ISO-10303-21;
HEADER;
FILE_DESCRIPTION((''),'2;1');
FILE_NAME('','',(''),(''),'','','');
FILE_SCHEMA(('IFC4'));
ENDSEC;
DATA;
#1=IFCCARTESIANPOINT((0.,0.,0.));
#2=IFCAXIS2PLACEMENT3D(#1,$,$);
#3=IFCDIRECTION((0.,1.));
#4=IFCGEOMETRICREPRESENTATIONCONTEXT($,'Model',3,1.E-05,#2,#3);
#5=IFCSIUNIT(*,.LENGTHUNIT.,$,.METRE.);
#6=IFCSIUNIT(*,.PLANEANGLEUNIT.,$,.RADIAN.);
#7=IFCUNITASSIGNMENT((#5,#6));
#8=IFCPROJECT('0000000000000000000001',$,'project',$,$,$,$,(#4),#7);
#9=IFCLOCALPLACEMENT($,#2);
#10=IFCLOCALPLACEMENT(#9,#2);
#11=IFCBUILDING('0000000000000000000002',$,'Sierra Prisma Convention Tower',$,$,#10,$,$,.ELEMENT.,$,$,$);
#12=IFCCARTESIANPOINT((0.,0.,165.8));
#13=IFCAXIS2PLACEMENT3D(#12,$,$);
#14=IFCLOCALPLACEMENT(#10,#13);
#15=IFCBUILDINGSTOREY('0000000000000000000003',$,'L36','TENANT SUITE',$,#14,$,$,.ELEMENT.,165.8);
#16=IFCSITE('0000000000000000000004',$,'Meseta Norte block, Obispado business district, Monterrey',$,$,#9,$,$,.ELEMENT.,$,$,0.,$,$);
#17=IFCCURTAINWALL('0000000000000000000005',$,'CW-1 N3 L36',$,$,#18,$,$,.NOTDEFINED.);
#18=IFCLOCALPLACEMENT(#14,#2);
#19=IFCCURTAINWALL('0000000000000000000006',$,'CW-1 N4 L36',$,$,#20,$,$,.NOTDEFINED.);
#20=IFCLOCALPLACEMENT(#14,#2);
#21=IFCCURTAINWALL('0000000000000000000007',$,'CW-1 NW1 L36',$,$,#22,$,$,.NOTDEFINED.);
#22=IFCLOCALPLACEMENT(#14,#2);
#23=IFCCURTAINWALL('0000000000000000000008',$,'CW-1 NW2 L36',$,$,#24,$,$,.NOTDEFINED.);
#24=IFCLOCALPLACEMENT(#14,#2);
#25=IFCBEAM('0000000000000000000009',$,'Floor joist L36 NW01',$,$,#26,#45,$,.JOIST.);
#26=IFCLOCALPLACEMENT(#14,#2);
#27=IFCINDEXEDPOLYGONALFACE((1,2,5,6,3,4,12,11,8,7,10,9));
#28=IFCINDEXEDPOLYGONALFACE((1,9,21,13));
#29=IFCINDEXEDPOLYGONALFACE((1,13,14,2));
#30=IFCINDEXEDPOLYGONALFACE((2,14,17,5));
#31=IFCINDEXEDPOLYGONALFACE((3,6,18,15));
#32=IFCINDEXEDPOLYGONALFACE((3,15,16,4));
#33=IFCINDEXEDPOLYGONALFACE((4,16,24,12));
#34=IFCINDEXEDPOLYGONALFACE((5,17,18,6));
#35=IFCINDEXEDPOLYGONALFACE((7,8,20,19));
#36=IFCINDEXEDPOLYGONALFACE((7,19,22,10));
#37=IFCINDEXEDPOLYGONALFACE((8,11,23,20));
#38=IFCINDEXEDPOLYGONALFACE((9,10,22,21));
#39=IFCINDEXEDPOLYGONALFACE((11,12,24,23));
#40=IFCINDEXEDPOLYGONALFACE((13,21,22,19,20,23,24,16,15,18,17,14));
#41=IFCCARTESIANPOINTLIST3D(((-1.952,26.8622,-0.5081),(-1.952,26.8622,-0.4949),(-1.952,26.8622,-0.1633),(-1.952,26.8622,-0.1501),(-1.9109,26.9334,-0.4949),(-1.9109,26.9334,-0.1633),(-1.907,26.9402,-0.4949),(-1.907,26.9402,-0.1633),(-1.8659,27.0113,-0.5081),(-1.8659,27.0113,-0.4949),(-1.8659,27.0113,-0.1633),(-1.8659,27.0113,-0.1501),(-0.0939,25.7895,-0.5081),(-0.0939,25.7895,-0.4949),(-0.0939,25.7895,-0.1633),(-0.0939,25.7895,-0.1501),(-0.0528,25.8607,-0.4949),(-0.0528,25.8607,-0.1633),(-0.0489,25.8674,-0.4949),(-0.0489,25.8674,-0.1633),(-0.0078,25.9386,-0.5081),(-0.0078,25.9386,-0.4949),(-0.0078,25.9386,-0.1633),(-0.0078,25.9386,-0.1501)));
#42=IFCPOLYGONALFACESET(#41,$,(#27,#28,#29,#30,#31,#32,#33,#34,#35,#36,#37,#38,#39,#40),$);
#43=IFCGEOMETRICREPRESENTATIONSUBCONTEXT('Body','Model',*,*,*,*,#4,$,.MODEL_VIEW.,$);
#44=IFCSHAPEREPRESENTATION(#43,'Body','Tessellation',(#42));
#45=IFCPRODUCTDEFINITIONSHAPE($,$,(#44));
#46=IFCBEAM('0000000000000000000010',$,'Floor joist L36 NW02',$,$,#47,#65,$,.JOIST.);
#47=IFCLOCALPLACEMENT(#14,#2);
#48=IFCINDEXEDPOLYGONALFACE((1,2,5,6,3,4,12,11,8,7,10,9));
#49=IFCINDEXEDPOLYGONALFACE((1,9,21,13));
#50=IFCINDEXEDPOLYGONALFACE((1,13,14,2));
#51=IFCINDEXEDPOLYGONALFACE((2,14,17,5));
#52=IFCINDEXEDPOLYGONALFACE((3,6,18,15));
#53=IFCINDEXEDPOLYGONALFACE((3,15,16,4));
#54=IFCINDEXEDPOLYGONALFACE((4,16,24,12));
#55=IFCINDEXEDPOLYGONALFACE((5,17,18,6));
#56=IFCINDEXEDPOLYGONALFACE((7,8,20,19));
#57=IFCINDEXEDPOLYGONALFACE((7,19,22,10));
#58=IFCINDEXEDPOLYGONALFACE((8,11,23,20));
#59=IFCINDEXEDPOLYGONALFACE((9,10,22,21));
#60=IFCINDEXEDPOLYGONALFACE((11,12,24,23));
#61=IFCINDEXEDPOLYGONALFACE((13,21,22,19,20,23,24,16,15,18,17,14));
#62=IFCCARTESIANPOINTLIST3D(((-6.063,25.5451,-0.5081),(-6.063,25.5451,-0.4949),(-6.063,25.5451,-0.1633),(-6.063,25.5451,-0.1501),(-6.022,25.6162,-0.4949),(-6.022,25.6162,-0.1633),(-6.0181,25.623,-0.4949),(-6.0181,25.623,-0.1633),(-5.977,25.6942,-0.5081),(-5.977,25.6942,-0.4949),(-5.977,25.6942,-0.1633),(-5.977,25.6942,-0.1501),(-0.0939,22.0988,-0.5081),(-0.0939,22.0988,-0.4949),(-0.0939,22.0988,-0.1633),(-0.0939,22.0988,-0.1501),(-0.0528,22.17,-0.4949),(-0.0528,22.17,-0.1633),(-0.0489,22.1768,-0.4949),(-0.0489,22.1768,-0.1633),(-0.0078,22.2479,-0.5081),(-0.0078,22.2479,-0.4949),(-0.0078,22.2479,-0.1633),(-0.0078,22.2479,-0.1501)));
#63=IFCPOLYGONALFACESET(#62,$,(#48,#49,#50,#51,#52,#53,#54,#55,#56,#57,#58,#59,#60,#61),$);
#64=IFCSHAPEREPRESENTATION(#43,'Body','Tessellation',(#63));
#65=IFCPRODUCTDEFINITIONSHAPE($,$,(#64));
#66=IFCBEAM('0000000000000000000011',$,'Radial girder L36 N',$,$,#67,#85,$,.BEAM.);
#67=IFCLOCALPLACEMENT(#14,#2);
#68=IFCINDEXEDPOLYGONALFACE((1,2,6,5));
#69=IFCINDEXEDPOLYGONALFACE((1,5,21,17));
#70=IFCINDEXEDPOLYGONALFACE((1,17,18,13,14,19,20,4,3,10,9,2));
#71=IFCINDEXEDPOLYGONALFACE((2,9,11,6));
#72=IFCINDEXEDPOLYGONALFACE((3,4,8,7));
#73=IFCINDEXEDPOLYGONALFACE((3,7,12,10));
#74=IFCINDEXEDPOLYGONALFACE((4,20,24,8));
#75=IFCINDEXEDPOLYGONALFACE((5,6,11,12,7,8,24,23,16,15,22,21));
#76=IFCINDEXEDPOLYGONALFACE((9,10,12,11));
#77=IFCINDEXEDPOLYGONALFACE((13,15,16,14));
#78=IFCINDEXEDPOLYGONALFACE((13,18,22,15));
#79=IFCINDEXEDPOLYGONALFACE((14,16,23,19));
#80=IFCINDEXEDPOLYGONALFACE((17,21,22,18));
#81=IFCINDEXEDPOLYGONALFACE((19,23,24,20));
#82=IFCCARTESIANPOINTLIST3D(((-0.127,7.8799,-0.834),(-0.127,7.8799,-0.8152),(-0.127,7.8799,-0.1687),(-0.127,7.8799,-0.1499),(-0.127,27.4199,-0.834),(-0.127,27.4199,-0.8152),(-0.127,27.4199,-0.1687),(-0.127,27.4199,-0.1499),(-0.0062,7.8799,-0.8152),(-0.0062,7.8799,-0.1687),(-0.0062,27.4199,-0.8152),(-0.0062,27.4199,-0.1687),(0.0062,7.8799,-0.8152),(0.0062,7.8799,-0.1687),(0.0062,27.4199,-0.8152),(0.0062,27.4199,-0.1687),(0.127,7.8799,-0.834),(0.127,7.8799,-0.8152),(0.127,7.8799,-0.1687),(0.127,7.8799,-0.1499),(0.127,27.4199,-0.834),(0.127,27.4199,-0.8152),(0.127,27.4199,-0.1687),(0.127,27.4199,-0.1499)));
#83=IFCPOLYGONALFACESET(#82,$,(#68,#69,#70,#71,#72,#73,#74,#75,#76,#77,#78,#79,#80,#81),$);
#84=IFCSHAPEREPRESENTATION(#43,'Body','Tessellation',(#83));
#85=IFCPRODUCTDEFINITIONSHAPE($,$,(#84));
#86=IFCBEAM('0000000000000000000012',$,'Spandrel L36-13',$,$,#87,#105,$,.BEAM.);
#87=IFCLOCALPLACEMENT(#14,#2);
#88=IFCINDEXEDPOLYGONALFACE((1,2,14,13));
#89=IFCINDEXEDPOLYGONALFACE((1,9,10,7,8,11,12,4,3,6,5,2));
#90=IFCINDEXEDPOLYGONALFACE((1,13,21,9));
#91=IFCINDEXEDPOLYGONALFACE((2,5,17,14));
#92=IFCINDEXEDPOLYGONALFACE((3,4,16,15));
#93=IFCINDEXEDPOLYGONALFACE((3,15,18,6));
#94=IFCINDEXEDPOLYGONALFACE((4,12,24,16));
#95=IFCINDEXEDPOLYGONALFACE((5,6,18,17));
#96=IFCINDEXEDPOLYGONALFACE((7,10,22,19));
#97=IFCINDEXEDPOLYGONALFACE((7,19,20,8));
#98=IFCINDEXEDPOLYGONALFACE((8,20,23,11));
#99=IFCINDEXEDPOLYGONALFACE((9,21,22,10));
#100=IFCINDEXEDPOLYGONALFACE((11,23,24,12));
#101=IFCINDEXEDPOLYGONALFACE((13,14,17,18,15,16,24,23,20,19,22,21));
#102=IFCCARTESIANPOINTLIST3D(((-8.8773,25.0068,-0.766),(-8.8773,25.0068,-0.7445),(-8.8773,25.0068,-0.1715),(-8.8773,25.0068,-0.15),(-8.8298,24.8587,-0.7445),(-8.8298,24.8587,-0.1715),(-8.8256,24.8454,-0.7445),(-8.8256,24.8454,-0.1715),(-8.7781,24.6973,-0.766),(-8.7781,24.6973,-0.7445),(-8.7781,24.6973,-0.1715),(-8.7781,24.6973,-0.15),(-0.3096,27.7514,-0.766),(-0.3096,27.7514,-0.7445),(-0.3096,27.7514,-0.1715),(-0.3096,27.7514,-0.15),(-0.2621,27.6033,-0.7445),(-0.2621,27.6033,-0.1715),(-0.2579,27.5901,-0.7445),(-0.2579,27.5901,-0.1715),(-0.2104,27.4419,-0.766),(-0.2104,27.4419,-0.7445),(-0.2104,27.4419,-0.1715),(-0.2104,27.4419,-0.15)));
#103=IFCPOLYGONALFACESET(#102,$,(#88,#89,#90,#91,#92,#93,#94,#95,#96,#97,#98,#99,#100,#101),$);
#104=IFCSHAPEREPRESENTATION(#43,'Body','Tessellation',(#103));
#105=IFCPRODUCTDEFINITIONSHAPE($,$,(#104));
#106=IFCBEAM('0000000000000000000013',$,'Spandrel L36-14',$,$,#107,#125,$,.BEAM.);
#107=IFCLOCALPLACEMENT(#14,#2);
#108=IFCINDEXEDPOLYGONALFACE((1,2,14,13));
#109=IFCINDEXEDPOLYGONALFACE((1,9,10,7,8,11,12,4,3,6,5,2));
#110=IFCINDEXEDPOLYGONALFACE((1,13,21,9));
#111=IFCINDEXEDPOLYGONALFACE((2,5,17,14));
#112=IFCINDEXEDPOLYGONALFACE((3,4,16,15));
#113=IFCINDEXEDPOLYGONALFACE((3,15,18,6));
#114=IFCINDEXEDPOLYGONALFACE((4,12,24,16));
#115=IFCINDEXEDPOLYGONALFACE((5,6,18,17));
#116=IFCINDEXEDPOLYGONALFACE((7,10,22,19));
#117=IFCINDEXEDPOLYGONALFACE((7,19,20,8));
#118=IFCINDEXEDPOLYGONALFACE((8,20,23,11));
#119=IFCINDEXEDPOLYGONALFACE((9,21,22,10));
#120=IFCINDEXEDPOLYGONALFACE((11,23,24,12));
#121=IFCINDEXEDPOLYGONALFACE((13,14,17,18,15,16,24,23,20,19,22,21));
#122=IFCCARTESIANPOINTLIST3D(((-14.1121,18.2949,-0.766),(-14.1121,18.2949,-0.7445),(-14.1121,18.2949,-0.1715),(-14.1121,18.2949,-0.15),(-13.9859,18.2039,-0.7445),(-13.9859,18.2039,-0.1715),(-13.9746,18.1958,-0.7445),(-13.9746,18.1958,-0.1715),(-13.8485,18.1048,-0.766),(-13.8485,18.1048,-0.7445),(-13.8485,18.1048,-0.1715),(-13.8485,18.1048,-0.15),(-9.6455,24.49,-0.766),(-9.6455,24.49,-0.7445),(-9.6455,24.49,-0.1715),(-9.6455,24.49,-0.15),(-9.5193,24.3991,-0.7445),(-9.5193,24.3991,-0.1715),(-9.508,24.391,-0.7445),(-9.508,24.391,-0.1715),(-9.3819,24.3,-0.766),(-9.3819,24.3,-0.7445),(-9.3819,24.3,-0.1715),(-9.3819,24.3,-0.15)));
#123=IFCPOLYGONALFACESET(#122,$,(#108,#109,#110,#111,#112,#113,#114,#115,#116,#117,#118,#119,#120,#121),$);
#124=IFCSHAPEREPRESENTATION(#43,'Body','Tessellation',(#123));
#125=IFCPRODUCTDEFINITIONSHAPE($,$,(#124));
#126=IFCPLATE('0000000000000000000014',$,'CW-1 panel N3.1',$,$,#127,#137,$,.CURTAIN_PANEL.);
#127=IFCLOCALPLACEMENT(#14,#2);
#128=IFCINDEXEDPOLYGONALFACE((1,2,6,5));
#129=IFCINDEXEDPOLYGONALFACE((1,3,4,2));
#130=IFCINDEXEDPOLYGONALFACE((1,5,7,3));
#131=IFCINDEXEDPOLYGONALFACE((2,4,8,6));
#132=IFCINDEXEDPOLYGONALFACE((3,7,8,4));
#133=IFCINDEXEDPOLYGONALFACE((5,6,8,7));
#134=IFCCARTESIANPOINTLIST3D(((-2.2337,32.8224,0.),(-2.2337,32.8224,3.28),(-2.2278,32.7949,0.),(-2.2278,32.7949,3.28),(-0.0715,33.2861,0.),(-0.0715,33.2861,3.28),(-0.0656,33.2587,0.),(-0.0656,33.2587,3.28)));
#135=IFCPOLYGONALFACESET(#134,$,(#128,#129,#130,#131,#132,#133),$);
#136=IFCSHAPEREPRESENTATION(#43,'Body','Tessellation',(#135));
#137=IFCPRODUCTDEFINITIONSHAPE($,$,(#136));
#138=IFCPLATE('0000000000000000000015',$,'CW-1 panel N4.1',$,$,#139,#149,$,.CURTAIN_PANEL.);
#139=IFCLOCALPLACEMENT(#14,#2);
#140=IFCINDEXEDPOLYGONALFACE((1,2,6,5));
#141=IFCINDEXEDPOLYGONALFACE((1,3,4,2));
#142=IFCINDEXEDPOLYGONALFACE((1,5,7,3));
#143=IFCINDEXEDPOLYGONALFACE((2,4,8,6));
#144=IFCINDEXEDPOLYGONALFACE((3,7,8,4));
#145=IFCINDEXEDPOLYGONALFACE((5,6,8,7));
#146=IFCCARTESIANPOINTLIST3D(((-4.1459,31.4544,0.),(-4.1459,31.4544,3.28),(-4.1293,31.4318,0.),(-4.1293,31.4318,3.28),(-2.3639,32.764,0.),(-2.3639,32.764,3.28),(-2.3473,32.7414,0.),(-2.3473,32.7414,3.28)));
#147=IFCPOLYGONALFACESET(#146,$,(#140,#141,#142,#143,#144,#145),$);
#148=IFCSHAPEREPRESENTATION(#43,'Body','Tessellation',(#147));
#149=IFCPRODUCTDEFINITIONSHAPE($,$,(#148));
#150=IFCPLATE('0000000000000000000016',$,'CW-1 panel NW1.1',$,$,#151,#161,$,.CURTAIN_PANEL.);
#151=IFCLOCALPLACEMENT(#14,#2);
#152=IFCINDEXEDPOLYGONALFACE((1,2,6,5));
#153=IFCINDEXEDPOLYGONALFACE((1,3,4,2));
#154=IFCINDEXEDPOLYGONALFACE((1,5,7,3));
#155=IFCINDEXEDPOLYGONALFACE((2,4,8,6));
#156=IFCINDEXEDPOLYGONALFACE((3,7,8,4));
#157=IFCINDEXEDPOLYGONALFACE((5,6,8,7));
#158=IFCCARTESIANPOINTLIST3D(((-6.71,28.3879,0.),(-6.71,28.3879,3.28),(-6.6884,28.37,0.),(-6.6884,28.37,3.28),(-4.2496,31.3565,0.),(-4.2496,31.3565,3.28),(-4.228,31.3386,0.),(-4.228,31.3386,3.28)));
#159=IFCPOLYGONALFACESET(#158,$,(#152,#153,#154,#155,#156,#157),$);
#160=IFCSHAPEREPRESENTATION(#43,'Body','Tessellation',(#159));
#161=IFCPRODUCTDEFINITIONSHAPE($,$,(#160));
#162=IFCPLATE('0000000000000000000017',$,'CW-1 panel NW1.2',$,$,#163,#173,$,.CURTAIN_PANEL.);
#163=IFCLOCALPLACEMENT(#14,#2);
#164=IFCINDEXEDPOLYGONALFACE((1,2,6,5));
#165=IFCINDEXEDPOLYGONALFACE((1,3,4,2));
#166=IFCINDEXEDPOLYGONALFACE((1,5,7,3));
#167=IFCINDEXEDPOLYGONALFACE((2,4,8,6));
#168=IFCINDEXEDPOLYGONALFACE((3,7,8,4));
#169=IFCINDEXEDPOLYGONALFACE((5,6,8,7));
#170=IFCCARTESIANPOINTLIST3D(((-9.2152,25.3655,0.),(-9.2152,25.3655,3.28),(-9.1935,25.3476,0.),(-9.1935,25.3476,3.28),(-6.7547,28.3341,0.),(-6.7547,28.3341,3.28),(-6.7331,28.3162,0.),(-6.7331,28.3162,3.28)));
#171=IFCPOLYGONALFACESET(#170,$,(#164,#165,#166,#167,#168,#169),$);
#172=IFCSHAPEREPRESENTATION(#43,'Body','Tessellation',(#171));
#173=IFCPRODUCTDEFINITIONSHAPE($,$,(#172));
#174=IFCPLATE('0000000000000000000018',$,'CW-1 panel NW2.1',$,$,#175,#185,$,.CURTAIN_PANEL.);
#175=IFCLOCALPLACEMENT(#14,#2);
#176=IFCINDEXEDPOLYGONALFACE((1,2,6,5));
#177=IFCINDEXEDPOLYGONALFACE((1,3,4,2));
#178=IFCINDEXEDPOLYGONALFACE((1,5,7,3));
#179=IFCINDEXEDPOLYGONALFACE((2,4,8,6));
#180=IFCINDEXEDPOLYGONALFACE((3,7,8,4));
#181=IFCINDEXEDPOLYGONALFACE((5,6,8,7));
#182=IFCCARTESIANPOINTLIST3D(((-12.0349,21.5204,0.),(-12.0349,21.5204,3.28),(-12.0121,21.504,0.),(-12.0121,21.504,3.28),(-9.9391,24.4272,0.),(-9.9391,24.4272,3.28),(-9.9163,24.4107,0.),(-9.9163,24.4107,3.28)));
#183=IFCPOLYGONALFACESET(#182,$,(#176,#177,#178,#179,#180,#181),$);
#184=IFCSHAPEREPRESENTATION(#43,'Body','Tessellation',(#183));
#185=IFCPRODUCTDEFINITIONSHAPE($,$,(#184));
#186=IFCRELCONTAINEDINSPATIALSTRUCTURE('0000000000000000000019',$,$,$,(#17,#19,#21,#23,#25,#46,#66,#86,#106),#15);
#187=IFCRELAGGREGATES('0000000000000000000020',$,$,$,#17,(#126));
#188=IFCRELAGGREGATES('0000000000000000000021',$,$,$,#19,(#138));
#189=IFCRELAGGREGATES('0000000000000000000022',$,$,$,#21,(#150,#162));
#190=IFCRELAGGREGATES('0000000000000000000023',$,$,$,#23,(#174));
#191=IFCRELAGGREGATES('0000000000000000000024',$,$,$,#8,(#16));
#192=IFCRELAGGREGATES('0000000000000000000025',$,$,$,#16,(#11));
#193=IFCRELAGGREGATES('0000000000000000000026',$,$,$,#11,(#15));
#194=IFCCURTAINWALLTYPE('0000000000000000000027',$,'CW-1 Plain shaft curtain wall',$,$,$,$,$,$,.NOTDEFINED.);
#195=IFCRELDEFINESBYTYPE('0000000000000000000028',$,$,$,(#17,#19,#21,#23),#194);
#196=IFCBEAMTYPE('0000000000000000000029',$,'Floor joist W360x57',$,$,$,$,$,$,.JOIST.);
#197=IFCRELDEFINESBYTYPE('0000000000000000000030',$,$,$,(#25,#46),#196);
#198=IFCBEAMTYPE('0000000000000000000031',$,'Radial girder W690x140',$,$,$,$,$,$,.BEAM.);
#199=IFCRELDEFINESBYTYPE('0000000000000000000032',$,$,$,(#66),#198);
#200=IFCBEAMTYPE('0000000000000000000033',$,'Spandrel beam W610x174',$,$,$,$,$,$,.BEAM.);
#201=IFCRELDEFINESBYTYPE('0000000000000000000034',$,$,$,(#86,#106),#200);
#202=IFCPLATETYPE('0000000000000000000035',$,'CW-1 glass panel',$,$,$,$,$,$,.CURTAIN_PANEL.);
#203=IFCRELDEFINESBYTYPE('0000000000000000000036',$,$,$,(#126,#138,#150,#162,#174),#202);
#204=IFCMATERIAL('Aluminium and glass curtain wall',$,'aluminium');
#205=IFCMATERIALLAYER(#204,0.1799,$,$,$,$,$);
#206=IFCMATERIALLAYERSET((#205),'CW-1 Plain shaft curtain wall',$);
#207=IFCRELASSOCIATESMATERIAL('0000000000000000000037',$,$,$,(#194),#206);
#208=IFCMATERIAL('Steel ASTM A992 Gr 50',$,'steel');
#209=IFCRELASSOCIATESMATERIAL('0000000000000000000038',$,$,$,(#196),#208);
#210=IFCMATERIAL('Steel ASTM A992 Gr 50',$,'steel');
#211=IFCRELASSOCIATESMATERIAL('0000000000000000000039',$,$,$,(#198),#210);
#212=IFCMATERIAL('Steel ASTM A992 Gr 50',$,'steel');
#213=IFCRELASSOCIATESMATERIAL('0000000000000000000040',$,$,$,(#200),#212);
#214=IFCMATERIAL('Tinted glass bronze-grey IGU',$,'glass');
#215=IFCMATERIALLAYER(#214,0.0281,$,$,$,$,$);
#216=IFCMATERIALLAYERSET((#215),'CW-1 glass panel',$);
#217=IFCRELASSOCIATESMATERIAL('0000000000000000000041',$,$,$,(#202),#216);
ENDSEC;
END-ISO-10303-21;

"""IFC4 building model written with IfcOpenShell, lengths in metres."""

from ifc_helpers import new_model, si_unit, direction, frame, origin, origin_2d, place, context, subcontext, project, spatial, rectangle, i_section, extrude, material, layer, layer_set, material_profile, profile_set, type_object, element, aggregate, save


model = new_model("IFC4")

# Units and contexts
model_context = context("Model", 3, precision=1e-05, world=origin(), true_north=direction((0.0, 1.0)))
body_context = subcontext(model_context, "Body", "Model", "MODEL_VIEW")
ifc_project = project(units=[si_unit("LENGTHUNIT", "METRE"), si_unit("PLANEANGLEUNIT", "RADIAN")], contexts=[model_context])

# Site, building, storey
site_placement = place(None, origin())
site = spatial("IfcSite", under=ifc_project, at=site_placement, Name="Meseta Norte block, Obispado business district, Monterrey", CompositionType="ELEMENT", RefElevation=0.0)
building_placement = place(site_placement, origin())
building = spatial("IfcBuilding", under=site, at=building_placement, Name="Sierra Prisma Convention Tower", CompositionType="ELEMENT")
storey_placement = place(building_placement, frame((0.0, 0.0, 165.8)))
storey = spatial("IfcBuildingStorey", under=building, at=storey_placement, Name="L36", Description="TENANT SUITE", CompositionType="ELEMENT", Elevation=165.8)

# Curtain walls
ifc_material_1 = material(Name="Aluminium and glass curtain wall", Category="aluminium")
ifc_layer_1 = layer(ifc_material_1, 0.1799)
ifc_layer_set_1 = layer_set([ifc_layer_1], Name="CW-1 Plain shaft curtain wall")
curtain_wall_type = type_object("IfcCurtainWallType", Name="CW-1 Plain shaft curtain wall", PredefinedType="NOTDEFINED", material=ifc_layer_set_1)
curtain_wall_1_placement = place(storey_placement, origin())
curtain_wall_1 = element("IfcCurtainWall", 1, at=curtain_wall_1_placement, inside=storey, type_object=curtain_wall_type, Name="CW-1 N3 L36", PredefinedType="NOTDEFINED")
curtain_wall_2_placement = place(storey_placement, origin())
curtain_wall_2 = element("IfcCurtainWall", 2, at=curtain_wall_2_placement, inside=storey, type_object=curtain_wall_type, Name="CW-1 N4 L36", PredefinedType="NOTDEFINED")

# Curtain walls
curtain_wall_3_placement = place(storey_placement, origin())
curtain_wall_3 = element("IfcCurtainWall", 3, at=curtain_wall_3_placement, inside=storey, type_object=curtain_wall_type, Name="CW-1 NW1 L36", PredefinedType="NOTDEFINED")
curtain_wall_4_placement = place(storey_placement, origin())
curtain_wall_4 = element("IfcCurtainWall", 4, at=curtain_wall_4_placement, inside=storey, type_object=curtain_wall_type, Name="CW-1 NW2 L36", PredefinedType="NOTDEFINED")

# Beams
ifc_material_2 = material(Name="Steel ASTM A992 Gr 50", Category="steel")
ifc_material_profile_1 = material_profile(ifc_material_2, i_section(OverallWidth=0.1721, OverallDepth=0.3579, WebThickness=0.0078, FlangeThickness=0.0132, at=origin_2d()), Name="W360x57")
ifc_profile_set_1 = profile_set([ifc_material_profile_1], Name="Steel ASTM A992 Gr 50")
beam_type_1 = type_object("IfcBeamType", Name="Floor joist W360x57", PredefinedType="JOIST", material=ifc_profile_set_1)
beam_1_placement = place(storey_placement, frame((-1.9089, 26.9368, -0.3291), z_axis=(0.866036, -0.499982, 0.0), x_axis=(0.499982, 0.866036, 0.0)))
element("IfcBeam", 5, at=beam_1_placement, inside=storey, type_object=beam_type_1, Name="Floor joist L36 NW01", PredefinedType="JOIST", context=body_context, shape_type="SweptSolid", body=[
    extrude(i_section(OverallWidth=0.1721, OverallDepth=0.3579, WebThickness=0.0078, FlangeThickness=0.0132, at=origin_2d()), origin(), (0.0, 0.0, 1.0), 2.1455),
])
beam_2_placement = place(storey_placement, frame((-6.02, 25.6196, -0.3291), z_axis=(0.866029, -0.499994, 0.0), x_axis=(0.499994, 0.866029, 0.0)))
element("IfcBeam", 6, at=beam_2_placement, inside=storey, type_object=beam_type_1, Name="Floor joist L36 NW02", PredefinedType="JOIST", context=body_context, shape_type="SweptSolid", body=[
    extrude(i_section(OverallWidth=0.1721, OverallDepth=0.3579, WebThickness=0.0078, FlangeThickness=0.0132, at=origin_2d()), origin(), (0.0, 0.0, 1.0), 6.8926),
])
ifc_material_3 = material(Name="Steel ASTM A992 Gr 50", Category="steel")
ifc_material_profile_2 = material_profile(ifc_material_3, i_section(OverallWidth=0.2539, OverallDepth=0.6841, WebThickness=0.0125, FlangeThickness=0.0188, at=origin_2d()), Name="W690x140")
ifc_profile_set_2 = profile_set([ifc_material_profile_2], Name="Steel ASTM A992 Gr 50")
beam_type_2 = type_object("IfcBeamType", Name="Radial girder W690x140", PredefinedType="BEAM", material=ifc_profile_set_2)
beam_3_placement = place(storey_placement, frame((0.0, 27.4199, -0.4919), z_axis=(0.0, -1.0, 0.0), x_axis=(1.0, 0.0, 0.0)))
element("IfcBeam", 7, at=beam_3_placement, inside=storey, type_object=beam_type_2, Name="Radial girder L36 N", PredefinedType="BEAM", context=body_context, shape_type="SweptSolid", body=[
    extrude(i_section(OverallWidth=0.2539, OverallDepth=0.6841, WebThickness=0.0125, FlangeThickness=0.0188, at=origin_2d()), origin(), (0.0, 0.0, 1.0), 19.54),
])
ifc_material_4 = material(Name="Steel ASTM A992 Gr 50", Category="steel")
ifc_material_profile_3 = material_profile(ifc_material_4, i_section(OverallWidth=0.325, OverallDepth=0.616, WebThickness=0.0139, FlangeThickness=0.0215, at=origin_2d()), Name="W610x174")
ifc_profile_set_3 = profile_set([ifc_material_profile_3], Name="Steel ASTM A992 Gr 50")
beam_type_3 = type_object("IfcBeamType", Name="Spandrel beam W610x174", PredefinedType="BEAM", material=ifc_profile_set_3)
beam_4_placement = place(storey_placement, frame((-0.26, 27.5967, -0.458), z_axis=(-0.952328, -0.305077, 0.0), x_axis=(0.305077, -0.952328, 0.0)))
element("IfcBeam", 8, at=beam_4_placement, inside=storey, type_object=beam_type_3, Name="Spandrel L36-13", PredefinedType="BEAM", context=body_context, shape_type="SweptSolid", body=[
    extrude(i_section(OverallWidth=0.325, OverallDepth=0.616, WebThickness=0.0139, FlangeThickness=0.0215, at=origin_2d()), origin(), (0.0, 0.0, 1.0), 8.9966),
])
beam_5_placement = place(storey_placement, frame((-9.5137, 24.395, -0.458), z_axis=(-0.584831, -0.811155, 0.0), x_axis=(0.811155, -0.584831, 0.0)))
element("IfcBeam", 9, at=beam_5_placement, inside=storey, type_object=beam_type_3, Name="Spandrel L36-14", PredefinedType="BEAM", context=body_context, shape_type="SweptSolid", body=[
    extrude(i_section(OverallWidth=0.325, OverallDepth=0.616, WebThickness=0.0139, FlangeThickness=0.0215, at=origin_2d()), origin(), (0.0, 0.0, 1.0), 7.6375),
])

# Plates
ifc_material_5 = material(Name="Tinted glass bronze-grey IGU", Category="glass")
ifc_layer_2 = layer(ifc_material_5, 0.0281)
ifc_layer_set_2 = layer_set([ifc_layer_2], Name="CW-1 glass panel")
plate_type = type_object("IfcPlateType", Name="CW-1 glass panel", PredefinedType="CURTAIN_PANEL", material=ifc_layer_set_2)
plate_1_placement = place(storey_placement, frame((-1.1497, 33.0405, 0.0), z_axis=(0.0, 0.0, 1.0), x_axis=(-0.977768, -0.20969, 0.0)))
plate_1 = element("IfcPlate", 10, at=plate_1_placement, type_object=plate_type, Name="CW-1 panel N3.1", PredefinedType="CURTAIN_PANEL", context=body_context, shape_type="SweptSolid", body=[
    extrude(rectangle(XDim=2.2114, YDim=0.0281, at=origin_2d()), origin(), (0.0, 0.0, 1.0), 3.28),
])
aggregate(curtain_wall_1, [plate_1])
plate_2_placement = place(storey_placement, frame((-3.2466, 32.0979, 0.0), z_axis=(0.0, 0.0, 1.0), x_axis=(-0.805799, -0.592189, 0.0)))
plate_2 = element("IfcPlate", 11, at=plate_2_placement, type_object=plate_type, Name="CW-1 panel N4.1", PredefinedType="CURTAIN_PANEL", context=body_context, shape_type="SweptSolid", body=[
    extrude(rectangle(XDim=2.2114, YDim=0.0281, at=origin_2d()), origin(), (0.0, 0.0, 1.0), 3.28),
])
aggregate(curtain_wall_2, [plate_2])
plate_3_placement = place(storey_placement, frame((-5.469, 29.8633, 0.0), z_axis=(0.0, 0.0, 1.0), x_axis=(-0.638133, -0.769926, 0.0)))
plate_3 = element("IfcPlate", 12, at=plate_3_placement, type_object=plate_type, Name="CW-1 panel NW1.1", PredefinedType="CURTAIN_PANEL", context=body_context, shape_type="SweptSolid", body=[
    extrude(rectangle(XDim=3.8557, YDim=0.0281, at=origin_2d()), origin(), (0.0, 0.0, 1.0), 3.28),
])
plate_4_placement = place(storey_placement, frame((-7.9741, 26.8408, 0.0), z_axis=(0.0, 0.0, 1.0), x_axis=(-0.638133, -0.769926, 0.0)))
plate_4 = element("IfcPlate", 13, at=plate_4_placement, type_object=plate_type, Name="CW-1 panel NW1.2", PredefinedType="CURTAIN_PANEL", context=body_context, shape_type="SweptSolid", body=[
    extrude(rectangle(XDim=3.8557, YDim=0.0281, at=origin_2d()), origin(), (0.0, 0.0, 1.0), 3.28),
])
aggregate(curtain_wall_3, [plate_3, plate_4])
plate_5_placement = place(storey_placement, frame((-10.9756, 22.9656, 0.0), z_axis=(0.0, 0.0, 1.0), x_axis=(-0.58484, -0.811149, 0.0)))
plate_5 = element("IfcPlate", 14, at=plate_5_placement, type_object=plate_type, Name="CW-1 panel NW2.1", PredefinedType="CURTAIN_PANEL", context=body_context, shape_type="SweptSolid", body=[
    extrude(rectangle(XDim=3.5835, YDim=0.0281, at=origin_2d()), origin(), (0.0, 0.0, 1.0), 3.28),
])
aggregate(curtain_wall_4, [plate_5])

save(model, "model.ifc")
